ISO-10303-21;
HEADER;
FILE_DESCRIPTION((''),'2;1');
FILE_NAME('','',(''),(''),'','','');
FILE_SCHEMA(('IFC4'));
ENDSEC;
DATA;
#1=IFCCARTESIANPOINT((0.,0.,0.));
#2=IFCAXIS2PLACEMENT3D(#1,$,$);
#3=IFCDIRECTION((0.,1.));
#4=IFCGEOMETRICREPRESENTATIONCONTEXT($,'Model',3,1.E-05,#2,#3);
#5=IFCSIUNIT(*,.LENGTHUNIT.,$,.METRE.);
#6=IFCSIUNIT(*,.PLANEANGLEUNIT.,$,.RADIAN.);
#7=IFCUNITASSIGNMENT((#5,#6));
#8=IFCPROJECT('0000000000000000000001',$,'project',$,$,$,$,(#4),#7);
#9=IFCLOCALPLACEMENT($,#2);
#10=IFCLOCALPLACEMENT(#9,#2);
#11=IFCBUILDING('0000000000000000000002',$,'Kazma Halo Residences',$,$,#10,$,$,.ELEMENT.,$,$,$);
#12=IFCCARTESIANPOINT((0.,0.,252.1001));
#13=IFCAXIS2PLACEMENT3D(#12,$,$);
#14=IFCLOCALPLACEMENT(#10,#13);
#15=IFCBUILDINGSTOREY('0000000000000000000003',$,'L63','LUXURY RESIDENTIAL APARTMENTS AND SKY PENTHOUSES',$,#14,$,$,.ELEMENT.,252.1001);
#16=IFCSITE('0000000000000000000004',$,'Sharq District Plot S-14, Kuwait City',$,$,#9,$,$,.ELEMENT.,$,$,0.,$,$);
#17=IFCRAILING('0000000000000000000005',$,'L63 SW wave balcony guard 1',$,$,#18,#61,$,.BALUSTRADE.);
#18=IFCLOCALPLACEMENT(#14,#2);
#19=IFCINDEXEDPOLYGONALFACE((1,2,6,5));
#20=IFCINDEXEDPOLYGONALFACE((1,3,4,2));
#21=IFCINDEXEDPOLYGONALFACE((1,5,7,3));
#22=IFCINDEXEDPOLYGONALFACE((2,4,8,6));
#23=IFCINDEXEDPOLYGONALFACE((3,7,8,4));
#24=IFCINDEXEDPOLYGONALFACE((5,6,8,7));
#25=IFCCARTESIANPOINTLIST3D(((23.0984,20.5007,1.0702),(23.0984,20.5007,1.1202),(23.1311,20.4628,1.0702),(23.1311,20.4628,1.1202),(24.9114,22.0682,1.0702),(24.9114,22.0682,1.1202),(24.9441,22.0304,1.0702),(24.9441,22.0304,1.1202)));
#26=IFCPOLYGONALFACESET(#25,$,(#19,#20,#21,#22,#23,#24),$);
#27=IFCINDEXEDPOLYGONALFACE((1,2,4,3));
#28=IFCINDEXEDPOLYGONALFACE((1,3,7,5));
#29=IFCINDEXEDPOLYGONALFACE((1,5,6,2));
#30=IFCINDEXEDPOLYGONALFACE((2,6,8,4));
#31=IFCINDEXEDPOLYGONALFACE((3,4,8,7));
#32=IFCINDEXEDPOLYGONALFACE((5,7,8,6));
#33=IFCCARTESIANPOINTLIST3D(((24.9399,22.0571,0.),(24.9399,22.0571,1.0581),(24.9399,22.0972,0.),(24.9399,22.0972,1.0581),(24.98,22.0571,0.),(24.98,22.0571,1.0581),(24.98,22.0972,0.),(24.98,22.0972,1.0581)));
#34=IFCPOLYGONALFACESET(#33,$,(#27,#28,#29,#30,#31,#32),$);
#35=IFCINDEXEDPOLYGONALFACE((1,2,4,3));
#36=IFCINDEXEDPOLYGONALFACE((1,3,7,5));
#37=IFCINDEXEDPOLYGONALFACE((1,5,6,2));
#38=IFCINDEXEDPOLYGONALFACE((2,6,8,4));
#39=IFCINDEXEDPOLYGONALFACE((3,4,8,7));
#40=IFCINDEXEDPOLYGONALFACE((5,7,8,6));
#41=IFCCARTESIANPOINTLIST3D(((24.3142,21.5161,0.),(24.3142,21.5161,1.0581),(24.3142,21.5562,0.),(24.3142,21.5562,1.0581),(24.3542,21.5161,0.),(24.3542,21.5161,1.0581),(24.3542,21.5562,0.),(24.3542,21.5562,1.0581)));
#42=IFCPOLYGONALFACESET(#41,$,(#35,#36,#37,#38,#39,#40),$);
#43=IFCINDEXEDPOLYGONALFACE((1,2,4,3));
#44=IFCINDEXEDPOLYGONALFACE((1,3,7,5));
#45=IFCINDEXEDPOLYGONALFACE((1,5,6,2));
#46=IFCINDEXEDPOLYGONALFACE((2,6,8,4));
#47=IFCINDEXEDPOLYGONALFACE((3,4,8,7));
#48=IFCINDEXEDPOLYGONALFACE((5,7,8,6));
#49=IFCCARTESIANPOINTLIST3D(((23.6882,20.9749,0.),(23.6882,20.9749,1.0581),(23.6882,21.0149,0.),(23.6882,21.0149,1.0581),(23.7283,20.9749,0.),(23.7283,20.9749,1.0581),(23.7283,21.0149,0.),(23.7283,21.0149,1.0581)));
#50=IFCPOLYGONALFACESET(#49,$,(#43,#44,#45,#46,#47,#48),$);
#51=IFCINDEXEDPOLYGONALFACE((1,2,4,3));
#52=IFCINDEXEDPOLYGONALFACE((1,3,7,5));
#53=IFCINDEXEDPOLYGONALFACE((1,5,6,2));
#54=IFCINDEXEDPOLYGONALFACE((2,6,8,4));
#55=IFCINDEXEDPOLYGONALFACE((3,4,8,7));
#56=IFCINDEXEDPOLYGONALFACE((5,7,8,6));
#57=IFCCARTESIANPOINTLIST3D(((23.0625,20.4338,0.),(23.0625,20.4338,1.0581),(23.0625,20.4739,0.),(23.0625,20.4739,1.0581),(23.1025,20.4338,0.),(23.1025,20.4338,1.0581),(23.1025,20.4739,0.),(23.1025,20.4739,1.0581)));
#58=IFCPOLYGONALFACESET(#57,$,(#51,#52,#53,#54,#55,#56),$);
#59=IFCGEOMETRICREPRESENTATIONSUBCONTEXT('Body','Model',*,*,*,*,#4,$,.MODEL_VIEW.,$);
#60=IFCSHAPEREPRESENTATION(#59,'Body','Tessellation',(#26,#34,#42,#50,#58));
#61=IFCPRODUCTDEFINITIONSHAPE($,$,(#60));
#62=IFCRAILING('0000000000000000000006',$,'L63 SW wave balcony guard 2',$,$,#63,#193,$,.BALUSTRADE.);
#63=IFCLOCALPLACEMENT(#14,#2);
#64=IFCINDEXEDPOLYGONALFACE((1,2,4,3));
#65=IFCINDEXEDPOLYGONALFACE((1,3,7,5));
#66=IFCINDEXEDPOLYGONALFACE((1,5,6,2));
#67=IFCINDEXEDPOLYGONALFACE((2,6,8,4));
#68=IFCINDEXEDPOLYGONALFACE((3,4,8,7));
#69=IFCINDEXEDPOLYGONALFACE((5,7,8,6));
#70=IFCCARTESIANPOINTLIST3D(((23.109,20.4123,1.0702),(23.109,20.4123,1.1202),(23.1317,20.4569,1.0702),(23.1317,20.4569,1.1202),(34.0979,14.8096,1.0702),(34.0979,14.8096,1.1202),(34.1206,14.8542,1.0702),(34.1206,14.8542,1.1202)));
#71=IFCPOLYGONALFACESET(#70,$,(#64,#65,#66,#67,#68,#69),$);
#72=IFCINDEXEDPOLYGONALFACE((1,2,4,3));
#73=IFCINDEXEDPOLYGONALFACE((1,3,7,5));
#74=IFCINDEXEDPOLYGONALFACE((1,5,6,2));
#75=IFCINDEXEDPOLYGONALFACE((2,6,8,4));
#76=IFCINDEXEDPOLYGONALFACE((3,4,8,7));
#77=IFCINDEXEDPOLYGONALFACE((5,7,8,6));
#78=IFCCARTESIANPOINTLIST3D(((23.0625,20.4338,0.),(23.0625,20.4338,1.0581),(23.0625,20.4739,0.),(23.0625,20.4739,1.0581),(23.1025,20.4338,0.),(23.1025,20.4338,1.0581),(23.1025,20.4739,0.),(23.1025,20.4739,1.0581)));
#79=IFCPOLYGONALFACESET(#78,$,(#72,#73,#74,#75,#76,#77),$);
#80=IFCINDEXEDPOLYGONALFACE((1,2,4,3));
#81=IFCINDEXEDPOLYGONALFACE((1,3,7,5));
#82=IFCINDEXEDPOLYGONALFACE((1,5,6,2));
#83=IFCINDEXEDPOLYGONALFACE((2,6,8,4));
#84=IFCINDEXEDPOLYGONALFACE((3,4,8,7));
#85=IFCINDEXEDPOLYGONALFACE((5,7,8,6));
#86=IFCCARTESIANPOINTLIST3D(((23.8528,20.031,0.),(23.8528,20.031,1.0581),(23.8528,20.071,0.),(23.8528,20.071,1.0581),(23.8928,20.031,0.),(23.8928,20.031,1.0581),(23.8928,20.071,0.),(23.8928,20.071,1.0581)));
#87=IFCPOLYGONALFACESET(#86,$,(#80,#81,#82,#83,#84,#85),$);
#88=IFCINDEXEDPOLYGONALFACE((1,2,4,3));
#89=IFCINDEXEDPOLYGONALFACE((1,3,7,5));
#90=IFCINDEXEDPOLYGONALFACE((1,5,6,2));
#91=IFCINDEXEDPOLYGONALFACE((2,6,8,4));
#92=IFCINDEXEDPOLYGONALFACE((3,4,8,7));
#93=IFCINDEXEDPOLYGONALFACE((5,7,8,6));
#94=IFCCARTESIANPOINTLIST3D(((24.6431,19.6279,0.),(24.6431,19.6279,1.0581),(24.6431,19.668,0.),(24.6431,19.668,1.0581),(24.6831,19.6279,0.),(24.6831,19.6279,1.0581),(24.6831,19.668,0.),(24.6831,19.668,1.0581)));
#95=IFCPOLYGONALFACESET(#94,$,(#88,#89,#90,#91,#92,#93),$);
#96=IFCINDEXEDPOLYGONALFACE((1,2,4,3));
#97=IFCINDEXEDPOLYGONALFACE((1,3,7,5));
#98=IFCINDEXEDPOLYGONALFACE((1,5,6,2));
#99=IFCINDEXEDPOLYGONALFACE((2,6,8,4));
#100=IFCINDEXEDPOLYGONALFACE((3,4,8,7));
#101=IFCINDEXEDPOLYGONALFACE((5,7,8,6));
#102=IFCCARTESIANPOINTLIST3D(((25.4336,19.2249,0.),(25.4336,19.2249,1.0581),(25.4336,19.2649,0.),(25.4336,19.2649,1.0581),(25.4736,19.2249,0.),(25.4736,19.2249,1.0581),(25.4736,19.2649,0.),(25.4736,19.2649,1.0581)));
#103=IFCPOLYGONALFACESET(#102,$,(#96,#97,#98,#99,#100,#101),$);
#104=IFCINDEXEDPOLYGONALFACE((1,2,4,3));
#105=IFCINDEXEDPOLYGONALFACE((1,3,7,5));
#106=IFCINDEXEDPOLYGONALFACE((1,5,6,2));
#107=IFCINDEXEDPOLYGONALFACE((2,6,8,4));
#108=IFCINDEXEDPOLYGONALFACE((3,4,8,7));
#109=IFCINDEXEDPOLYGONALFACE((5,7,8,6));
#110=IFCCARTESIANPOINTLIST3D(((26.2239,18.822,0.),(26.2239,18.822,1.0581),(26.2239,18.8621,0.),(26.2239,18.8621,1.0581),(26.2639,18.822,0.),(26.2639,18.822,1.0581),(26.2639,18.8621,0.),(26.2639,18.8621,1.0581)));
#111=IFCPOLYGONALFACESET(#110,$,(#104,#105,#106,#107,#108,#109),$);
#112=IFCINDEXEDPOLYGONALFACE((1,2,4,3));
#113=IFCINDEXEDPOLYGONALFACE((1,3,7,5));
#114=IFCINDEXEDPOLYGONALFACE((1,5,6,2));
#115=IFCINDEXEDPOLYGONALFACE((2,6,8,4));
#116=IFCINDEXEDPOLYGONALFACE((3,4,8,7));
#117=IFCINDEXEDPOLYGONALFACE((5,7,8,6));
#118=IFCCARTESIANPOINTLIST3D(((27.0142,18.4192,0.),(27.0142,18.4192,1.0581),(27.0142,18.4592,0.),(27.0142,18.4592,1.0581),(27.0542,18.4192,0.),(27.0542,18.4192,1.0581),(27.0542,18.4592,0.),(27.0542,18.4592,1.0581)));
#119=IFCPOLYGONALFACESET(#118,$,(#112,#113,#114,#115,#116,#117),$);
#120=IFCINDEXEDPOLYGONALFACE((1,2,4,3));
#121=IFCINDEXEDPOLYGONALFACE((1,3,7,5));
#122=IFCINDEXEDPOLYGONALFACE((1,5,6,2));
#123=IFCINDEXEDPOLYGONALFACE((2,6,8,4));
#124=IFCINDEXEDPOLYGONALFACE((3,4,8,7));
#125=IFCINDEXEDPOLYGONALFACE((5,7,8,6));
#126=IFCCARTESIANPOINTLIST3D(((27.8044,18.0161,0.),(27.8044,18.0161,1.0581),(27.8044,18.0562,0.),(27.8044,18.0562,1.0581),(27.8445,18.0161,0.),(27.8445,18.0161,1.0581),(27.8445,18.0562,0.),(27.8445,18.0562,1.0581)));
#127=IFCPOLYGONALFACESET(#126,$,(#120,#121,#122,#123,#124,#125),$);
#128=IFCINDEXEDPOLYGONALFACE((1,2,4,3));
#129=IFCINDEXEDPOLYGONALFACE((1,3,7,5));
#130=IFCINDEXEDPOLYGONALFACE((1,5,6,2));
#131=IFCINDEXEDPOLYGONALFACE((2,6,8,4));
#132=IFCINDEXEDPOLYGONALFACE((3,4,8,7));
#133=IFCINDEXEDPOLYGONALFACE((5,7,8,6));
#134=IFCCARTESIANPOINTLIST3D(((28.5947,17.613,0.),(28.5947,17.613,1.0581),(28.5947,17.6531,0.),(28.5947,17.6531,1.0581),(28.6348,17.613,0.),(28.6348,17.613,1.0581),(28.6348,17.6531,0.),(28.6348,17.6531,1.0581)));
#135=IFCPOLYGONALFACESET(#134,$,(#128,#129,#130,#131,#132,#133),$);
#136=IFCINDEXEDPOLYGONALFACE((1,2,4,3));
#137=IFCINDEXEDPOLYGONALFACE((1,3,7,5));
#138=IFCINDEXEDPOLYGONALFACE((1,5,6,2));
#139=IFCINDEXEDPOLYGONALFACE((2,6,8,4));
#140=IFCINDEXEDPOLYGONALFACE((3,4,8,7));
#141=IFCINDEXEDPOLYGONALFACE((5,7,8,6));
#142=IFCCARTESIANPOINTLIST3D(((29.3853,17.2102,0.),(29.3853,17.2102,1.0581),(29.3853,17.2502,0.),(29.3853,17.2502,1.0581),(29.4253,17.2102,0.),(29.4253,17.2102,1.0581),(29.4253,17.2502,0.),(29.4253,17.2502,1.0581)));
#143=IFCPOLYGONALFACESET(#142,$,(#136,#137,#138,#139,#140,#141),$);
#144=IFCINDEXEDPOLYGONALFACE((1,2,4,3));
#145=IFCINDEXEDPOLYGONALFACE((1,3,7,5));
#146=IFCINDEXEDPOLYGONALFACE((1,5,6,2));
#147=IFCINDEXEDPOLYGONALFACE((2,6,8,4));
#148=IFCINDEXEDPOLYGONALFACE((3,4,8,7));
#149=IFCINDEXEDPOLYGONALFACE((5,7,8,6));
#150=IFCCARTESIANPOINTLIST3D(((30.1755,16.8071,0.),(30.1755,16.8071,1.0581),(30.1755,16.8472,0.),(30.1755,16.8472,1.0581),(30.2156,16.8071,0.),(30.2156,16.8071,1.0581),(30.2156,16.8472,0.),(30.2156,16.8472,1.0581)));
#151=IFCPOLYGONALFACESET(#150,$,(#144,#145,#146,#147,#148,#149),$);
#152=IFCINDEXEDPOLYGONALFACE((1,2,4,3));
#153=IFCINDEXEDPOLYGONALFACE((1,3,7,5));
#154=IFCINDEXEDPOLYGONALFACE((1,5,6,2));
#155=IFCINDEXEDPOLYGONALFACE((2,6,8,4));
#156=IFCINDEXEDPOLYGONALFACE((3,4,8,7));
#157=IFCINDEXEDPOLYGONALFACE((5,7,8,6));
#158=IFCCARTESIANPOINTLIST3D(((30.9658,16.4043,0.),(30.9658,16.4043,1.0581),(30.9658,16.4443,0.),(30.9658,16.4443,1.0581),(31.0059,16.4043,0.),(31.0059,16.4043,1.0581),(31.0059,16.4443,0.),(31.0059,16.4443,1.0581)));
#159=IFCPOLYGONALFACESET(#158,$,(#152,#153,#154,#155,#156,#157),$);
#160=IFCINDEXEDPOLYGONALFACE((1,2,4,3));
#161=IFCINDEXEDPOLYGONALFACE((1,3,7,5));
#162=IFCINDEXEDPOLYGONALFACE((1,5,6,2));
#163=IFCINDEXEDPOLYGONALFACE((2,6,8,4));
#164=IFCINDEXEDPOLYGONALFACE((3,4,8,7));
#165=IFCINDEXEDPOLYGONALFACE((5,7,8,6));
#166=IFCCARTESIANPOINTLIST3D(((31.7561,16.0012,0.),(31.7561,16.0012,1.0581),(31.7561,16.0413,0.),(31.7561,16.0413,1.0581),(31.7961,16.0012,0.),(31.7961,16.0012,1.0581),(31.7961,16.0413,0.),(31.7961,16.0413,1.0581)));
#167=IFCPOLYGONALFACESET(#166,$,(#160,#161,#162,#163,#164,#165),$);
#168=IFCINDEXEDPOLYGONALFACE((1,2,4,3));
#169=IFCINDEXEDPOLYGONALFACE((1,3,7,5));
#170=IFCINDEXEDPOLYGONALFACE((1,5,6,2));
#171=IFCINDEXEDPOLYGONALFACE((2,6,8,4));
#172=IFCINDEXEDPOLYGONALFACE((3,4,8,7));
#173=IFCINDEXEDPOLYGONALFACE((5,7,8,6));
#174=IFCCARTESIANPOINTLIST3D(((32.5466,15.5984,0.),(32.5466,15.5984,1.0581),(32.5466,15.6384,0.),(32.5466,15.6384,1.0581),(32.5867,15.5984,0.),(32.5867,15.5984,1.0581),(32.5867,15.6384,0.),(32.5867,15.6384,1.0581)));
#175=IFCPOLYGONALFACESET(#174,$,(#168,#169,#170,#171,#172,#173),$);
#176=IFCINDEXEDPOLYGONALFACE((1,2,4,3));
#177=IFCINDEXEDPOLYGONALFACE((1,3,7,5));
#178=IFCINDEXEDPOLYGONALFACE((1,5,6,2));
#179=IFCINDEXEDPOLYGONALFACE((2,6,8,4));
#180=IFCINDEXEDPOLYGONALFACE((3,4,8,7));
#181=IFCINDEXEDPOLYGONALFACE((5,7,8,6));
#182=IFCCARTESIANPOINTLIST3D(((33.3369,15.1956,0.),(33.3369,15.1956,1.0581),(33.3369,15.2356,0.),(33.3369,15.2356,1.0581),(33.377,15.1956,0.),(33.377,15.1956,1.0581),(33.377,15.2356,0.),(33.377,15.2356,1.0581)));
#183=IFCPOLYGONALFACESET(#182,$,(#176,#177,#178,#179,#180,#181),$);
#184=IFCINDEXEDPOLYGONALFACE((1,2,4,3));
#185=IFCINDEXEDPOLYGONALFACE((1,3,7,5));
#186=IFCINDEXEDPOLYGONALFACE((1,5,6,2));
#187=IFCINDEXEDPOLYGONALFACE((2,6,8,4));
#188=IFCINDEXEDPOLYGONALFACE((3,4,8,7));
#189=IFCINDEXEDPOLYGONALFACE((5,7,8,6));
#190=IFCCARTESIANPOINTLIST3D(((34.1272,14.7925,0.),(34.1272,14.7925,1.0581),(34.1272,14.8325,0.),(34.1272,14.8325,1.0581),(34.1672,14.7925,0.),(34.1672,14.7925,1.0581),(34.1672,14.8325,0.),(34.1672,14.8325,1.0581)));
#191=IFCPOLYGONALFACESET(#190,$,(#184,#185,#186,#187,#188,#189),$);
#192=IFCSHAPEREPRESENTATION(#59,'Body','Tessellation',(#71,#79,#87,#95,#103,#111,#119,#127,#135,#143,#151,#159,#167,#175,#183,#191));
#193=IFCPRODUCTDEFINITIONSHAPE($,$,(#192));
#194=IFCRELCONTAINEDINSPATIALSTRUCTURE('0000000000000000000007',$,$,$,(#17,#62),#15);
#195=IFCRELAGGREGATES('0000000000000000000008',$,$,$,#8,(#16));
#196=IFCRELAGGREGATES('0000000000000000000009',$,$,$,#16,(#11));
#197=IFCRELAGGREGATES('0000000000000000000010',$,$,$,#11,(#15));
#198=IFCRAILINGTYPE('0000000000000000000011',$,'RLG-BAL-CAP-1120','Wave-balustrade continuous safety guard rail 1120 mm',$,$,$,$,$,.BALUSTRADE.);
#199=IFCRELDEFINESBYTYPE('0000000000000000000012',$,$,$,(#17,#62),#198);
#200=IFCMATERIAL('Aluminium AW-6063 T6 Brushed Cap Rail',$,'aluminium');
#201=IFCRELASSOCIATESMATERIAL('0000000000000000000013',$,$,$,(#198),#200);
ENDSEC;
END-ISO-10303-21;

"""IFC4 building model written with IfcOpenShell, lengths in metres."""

from ifc_helpers import new_model, si_unit, direction, frame, origin, origin_2d, place, context, subcontext, project, spatial, rectangle, extrude, material, type_object, element, save


model = new_model("IFC4")

# Units and contexts
model_context = context("Model", 3, precision=1e-05, world=origin(), true_north=direction((0.0, 1.0)))
body_context = subcontext(model_context, "Body", "Model", "MODEL_VIEW")
ifc_project = project(units=[si_unit("LENGTHUNIT", "METRE"), si_unit("PLANEANGLEUNIT", "RADIAN")], contexts=[model_context])

# Site, building, storey
site_placement = place(None, origin())
site = spatial("IfcSite", under=ifc_project, at=site_placement, Name="Sharq District Plot S-14, Kuwait City", CompositionType="ELEMENT", RefElevation=0.0)
building_placement = place(site_placement, origin())
building = spatial("IfcBuilding", under=site, at=building_placement, Name="Kazma Halo Residences", CompositionType="ELEMENT")
storey_placement = place(building_placement, frame((0.0, 0.0, 252.1001)))
storey = spatial("IfcBuildingStorey", under=building, at=storey_placement, Name="L63", Description="LUXURY RESIDENTIAL APARTMENTS AND SKY PENTHOUSES", CompositionType="ELEMENT", Elevation=252.1001)

# Railings
ifc_material_1 = material(Name="Aluminium AW-6063 T6 Brushed Cap Rail", Category="aluminium")
railing_type = type_object("IfcRailingType", Name="RLG-BAL-CAP-1120", Description="Wave-balustrade continuous safety guard rail 1120 mm", PredefinedType="BALUSTRADE", material=ifc_material_1)
railing_1_placement = place(storey_placement, frame((24.96, 22.0771, 0.0)))
element("IfcRailing", 1, at=railing_1_placement, inside=storey, type_object=railing_type, Name="L63 SW wave balcony guard 1", PredefinedType="BALUSTRADE", context=body_context, shape_type="SweptSolid", body=[
    extrude(rectangle(XDim=0.05, YDim=0.05, at=origin_2d()), frame((-0.0322, -0.0278, 1.0952), z_axis=(-0.756451, -0.65405, 0.0), x_axis=(0.65405, -0.756451, 0.0)), (0.0, 0.0, 1.0), 2.3967),
    extrude(rectangle(XDim=0.04, YDim=0.04, at=origin_2d()), origin(), (0.0, 0.0, 1.0), 1.0581),
    extrude(rectangle(XDim=0.04, YDim=0.04, at=origin_2d()), frame((-0.6257, -0.541, 0.0)), (0.0, 0.0, 1.0), 1.0581),
    extrude(rectangle(XDim=0.04, YDim=0.04, at=origin_2d()), frame((-1.2517, -1.0823, 0.0)), (0.0, 0.0, 1.0), 1.0581),
    extrude(rectangle(XDim=0.04, YDim=0.04, at=origin_2d()), frame((-1.8774, -1.6233, 0.0)), (0.0, 0.0, 1.0), 1.0581),
])
railing_2_placement = place(storey_placement, frame((23.0825, 20.4539, 0.0)))
element("IfcRailing", 2, at=railing_2_placement, inside=storey, type_object=railing_type, Name="L63 SW wave balcony guard 2", PredefinedType="BALUSTRADE", context=body_context, shape_type="SweptSolid", body=[
    extrude(rectangle(XDim=0.05, YDim=0.05, at=origin_2d()), frame((0.0378, -0.0193, 1.0952), z_axis=(0.890889, -0.454221, 0.0), x_axis=(0.454221, 0.890889, 0.0)), (0.0, 0.0, 1.0), 12.3347),
    extrude(rectangle(XDim=0.04, YDim=0.04, at=origin_2d()), origin(), (0.0, 0.0, 1.0), 1.0581),
    extrude(rectangle(XDim=0.04, YDim=0.04, at=origin_2d()), frame((0.7903, -0.4028, 0.0)), (0.0, 0.0, 1.0), 1.0581),
    extrude(rectangle(XDim=0.04, YDim=0.04, at=origin_2d()), frame((1.5806, -0.8059, 0.0)), (0.0, 0.0, 1.0), 1.0581),
    extrude(rectangle(XDim=0.04, YDim=0.04, at=origin_2d()), frame((2.3711, -1.209, 0.0)), (0.0, 0.0, 1.0), 1.0581),
    extrude(rectangle(XDim=0.04, YDim=0.04, at=origin_2d()), frame((3.1614, -1.6118, 0.0)), (0.0, 0.0, 1.0), 1.0581),
    extrude(rectangle(XDim=0.04, YDim=0.04, at=origin_2d()), frame((3.9517, -2.0146, 0.0)), (0.0, 0.0, 1.0), 1.0581),
    extrude(rectangle(XDim=0.04, YDim=0.04, at=origin_2d()), frame((4.7419, -2.4177, 0.0)), (0.0, 0.0, 1.0), 1.0581),
    extrude(rectangle(XDim=0.04, YDim=0.04, at=origin_2d()), frame((5.5322, -2.8208, 0.0)), (0.0, 0.0, 1.0), 1.0581),
    extrude(rectangle(XDim=0.04, YDim=0.04, at=origin_2d()), frame((6.3228, -3.2236, 0.0)), (0.0, 0.0, 1.0), 1.0581),
    extrude(rectangle(XDim=0.04, YDim=0.04, at=origin_2d()), frame((7.113, -3.6267, 0.0)), (0.0, 0.0, 1.0), 1.0581),
    extrude(rectangle(XDim=0.04, YDim=0.04, at=origin_2d()), frame((7.9033, -4.0295, 0.0)), (0.0, 0.0, 1.0), 1.0581),
    extrude(rectangle(XDim=0.04, YDim=0.04, at=origin_2d()), frame((8.6936, -4.4326, 0.0)), (0.0, 0.0, 1.0), 1.0581),
    extrude(rectangle(XDim=0.04, YDim=0.04, at=origin_2d()), frame((9.4841, -4.8354, 0.0)), (0.0, 0.0, 1.0), 1.0581),
    extrude(rectangle(XDim=0.04, YDim=0.04, at=origin_2d()), frame((10.2744, -5.2383, 0.0)), (0.0, 0.0, 1.0), 1.0581),
    extrude(rectangle(XDim=0.04, YDim=0.04, at=origin_2d()), frame((11.0647, -5.6414, 0.0)), (0.0, 0.0, 1.0), 1.0581),
])

save(model, "model.ifc")
